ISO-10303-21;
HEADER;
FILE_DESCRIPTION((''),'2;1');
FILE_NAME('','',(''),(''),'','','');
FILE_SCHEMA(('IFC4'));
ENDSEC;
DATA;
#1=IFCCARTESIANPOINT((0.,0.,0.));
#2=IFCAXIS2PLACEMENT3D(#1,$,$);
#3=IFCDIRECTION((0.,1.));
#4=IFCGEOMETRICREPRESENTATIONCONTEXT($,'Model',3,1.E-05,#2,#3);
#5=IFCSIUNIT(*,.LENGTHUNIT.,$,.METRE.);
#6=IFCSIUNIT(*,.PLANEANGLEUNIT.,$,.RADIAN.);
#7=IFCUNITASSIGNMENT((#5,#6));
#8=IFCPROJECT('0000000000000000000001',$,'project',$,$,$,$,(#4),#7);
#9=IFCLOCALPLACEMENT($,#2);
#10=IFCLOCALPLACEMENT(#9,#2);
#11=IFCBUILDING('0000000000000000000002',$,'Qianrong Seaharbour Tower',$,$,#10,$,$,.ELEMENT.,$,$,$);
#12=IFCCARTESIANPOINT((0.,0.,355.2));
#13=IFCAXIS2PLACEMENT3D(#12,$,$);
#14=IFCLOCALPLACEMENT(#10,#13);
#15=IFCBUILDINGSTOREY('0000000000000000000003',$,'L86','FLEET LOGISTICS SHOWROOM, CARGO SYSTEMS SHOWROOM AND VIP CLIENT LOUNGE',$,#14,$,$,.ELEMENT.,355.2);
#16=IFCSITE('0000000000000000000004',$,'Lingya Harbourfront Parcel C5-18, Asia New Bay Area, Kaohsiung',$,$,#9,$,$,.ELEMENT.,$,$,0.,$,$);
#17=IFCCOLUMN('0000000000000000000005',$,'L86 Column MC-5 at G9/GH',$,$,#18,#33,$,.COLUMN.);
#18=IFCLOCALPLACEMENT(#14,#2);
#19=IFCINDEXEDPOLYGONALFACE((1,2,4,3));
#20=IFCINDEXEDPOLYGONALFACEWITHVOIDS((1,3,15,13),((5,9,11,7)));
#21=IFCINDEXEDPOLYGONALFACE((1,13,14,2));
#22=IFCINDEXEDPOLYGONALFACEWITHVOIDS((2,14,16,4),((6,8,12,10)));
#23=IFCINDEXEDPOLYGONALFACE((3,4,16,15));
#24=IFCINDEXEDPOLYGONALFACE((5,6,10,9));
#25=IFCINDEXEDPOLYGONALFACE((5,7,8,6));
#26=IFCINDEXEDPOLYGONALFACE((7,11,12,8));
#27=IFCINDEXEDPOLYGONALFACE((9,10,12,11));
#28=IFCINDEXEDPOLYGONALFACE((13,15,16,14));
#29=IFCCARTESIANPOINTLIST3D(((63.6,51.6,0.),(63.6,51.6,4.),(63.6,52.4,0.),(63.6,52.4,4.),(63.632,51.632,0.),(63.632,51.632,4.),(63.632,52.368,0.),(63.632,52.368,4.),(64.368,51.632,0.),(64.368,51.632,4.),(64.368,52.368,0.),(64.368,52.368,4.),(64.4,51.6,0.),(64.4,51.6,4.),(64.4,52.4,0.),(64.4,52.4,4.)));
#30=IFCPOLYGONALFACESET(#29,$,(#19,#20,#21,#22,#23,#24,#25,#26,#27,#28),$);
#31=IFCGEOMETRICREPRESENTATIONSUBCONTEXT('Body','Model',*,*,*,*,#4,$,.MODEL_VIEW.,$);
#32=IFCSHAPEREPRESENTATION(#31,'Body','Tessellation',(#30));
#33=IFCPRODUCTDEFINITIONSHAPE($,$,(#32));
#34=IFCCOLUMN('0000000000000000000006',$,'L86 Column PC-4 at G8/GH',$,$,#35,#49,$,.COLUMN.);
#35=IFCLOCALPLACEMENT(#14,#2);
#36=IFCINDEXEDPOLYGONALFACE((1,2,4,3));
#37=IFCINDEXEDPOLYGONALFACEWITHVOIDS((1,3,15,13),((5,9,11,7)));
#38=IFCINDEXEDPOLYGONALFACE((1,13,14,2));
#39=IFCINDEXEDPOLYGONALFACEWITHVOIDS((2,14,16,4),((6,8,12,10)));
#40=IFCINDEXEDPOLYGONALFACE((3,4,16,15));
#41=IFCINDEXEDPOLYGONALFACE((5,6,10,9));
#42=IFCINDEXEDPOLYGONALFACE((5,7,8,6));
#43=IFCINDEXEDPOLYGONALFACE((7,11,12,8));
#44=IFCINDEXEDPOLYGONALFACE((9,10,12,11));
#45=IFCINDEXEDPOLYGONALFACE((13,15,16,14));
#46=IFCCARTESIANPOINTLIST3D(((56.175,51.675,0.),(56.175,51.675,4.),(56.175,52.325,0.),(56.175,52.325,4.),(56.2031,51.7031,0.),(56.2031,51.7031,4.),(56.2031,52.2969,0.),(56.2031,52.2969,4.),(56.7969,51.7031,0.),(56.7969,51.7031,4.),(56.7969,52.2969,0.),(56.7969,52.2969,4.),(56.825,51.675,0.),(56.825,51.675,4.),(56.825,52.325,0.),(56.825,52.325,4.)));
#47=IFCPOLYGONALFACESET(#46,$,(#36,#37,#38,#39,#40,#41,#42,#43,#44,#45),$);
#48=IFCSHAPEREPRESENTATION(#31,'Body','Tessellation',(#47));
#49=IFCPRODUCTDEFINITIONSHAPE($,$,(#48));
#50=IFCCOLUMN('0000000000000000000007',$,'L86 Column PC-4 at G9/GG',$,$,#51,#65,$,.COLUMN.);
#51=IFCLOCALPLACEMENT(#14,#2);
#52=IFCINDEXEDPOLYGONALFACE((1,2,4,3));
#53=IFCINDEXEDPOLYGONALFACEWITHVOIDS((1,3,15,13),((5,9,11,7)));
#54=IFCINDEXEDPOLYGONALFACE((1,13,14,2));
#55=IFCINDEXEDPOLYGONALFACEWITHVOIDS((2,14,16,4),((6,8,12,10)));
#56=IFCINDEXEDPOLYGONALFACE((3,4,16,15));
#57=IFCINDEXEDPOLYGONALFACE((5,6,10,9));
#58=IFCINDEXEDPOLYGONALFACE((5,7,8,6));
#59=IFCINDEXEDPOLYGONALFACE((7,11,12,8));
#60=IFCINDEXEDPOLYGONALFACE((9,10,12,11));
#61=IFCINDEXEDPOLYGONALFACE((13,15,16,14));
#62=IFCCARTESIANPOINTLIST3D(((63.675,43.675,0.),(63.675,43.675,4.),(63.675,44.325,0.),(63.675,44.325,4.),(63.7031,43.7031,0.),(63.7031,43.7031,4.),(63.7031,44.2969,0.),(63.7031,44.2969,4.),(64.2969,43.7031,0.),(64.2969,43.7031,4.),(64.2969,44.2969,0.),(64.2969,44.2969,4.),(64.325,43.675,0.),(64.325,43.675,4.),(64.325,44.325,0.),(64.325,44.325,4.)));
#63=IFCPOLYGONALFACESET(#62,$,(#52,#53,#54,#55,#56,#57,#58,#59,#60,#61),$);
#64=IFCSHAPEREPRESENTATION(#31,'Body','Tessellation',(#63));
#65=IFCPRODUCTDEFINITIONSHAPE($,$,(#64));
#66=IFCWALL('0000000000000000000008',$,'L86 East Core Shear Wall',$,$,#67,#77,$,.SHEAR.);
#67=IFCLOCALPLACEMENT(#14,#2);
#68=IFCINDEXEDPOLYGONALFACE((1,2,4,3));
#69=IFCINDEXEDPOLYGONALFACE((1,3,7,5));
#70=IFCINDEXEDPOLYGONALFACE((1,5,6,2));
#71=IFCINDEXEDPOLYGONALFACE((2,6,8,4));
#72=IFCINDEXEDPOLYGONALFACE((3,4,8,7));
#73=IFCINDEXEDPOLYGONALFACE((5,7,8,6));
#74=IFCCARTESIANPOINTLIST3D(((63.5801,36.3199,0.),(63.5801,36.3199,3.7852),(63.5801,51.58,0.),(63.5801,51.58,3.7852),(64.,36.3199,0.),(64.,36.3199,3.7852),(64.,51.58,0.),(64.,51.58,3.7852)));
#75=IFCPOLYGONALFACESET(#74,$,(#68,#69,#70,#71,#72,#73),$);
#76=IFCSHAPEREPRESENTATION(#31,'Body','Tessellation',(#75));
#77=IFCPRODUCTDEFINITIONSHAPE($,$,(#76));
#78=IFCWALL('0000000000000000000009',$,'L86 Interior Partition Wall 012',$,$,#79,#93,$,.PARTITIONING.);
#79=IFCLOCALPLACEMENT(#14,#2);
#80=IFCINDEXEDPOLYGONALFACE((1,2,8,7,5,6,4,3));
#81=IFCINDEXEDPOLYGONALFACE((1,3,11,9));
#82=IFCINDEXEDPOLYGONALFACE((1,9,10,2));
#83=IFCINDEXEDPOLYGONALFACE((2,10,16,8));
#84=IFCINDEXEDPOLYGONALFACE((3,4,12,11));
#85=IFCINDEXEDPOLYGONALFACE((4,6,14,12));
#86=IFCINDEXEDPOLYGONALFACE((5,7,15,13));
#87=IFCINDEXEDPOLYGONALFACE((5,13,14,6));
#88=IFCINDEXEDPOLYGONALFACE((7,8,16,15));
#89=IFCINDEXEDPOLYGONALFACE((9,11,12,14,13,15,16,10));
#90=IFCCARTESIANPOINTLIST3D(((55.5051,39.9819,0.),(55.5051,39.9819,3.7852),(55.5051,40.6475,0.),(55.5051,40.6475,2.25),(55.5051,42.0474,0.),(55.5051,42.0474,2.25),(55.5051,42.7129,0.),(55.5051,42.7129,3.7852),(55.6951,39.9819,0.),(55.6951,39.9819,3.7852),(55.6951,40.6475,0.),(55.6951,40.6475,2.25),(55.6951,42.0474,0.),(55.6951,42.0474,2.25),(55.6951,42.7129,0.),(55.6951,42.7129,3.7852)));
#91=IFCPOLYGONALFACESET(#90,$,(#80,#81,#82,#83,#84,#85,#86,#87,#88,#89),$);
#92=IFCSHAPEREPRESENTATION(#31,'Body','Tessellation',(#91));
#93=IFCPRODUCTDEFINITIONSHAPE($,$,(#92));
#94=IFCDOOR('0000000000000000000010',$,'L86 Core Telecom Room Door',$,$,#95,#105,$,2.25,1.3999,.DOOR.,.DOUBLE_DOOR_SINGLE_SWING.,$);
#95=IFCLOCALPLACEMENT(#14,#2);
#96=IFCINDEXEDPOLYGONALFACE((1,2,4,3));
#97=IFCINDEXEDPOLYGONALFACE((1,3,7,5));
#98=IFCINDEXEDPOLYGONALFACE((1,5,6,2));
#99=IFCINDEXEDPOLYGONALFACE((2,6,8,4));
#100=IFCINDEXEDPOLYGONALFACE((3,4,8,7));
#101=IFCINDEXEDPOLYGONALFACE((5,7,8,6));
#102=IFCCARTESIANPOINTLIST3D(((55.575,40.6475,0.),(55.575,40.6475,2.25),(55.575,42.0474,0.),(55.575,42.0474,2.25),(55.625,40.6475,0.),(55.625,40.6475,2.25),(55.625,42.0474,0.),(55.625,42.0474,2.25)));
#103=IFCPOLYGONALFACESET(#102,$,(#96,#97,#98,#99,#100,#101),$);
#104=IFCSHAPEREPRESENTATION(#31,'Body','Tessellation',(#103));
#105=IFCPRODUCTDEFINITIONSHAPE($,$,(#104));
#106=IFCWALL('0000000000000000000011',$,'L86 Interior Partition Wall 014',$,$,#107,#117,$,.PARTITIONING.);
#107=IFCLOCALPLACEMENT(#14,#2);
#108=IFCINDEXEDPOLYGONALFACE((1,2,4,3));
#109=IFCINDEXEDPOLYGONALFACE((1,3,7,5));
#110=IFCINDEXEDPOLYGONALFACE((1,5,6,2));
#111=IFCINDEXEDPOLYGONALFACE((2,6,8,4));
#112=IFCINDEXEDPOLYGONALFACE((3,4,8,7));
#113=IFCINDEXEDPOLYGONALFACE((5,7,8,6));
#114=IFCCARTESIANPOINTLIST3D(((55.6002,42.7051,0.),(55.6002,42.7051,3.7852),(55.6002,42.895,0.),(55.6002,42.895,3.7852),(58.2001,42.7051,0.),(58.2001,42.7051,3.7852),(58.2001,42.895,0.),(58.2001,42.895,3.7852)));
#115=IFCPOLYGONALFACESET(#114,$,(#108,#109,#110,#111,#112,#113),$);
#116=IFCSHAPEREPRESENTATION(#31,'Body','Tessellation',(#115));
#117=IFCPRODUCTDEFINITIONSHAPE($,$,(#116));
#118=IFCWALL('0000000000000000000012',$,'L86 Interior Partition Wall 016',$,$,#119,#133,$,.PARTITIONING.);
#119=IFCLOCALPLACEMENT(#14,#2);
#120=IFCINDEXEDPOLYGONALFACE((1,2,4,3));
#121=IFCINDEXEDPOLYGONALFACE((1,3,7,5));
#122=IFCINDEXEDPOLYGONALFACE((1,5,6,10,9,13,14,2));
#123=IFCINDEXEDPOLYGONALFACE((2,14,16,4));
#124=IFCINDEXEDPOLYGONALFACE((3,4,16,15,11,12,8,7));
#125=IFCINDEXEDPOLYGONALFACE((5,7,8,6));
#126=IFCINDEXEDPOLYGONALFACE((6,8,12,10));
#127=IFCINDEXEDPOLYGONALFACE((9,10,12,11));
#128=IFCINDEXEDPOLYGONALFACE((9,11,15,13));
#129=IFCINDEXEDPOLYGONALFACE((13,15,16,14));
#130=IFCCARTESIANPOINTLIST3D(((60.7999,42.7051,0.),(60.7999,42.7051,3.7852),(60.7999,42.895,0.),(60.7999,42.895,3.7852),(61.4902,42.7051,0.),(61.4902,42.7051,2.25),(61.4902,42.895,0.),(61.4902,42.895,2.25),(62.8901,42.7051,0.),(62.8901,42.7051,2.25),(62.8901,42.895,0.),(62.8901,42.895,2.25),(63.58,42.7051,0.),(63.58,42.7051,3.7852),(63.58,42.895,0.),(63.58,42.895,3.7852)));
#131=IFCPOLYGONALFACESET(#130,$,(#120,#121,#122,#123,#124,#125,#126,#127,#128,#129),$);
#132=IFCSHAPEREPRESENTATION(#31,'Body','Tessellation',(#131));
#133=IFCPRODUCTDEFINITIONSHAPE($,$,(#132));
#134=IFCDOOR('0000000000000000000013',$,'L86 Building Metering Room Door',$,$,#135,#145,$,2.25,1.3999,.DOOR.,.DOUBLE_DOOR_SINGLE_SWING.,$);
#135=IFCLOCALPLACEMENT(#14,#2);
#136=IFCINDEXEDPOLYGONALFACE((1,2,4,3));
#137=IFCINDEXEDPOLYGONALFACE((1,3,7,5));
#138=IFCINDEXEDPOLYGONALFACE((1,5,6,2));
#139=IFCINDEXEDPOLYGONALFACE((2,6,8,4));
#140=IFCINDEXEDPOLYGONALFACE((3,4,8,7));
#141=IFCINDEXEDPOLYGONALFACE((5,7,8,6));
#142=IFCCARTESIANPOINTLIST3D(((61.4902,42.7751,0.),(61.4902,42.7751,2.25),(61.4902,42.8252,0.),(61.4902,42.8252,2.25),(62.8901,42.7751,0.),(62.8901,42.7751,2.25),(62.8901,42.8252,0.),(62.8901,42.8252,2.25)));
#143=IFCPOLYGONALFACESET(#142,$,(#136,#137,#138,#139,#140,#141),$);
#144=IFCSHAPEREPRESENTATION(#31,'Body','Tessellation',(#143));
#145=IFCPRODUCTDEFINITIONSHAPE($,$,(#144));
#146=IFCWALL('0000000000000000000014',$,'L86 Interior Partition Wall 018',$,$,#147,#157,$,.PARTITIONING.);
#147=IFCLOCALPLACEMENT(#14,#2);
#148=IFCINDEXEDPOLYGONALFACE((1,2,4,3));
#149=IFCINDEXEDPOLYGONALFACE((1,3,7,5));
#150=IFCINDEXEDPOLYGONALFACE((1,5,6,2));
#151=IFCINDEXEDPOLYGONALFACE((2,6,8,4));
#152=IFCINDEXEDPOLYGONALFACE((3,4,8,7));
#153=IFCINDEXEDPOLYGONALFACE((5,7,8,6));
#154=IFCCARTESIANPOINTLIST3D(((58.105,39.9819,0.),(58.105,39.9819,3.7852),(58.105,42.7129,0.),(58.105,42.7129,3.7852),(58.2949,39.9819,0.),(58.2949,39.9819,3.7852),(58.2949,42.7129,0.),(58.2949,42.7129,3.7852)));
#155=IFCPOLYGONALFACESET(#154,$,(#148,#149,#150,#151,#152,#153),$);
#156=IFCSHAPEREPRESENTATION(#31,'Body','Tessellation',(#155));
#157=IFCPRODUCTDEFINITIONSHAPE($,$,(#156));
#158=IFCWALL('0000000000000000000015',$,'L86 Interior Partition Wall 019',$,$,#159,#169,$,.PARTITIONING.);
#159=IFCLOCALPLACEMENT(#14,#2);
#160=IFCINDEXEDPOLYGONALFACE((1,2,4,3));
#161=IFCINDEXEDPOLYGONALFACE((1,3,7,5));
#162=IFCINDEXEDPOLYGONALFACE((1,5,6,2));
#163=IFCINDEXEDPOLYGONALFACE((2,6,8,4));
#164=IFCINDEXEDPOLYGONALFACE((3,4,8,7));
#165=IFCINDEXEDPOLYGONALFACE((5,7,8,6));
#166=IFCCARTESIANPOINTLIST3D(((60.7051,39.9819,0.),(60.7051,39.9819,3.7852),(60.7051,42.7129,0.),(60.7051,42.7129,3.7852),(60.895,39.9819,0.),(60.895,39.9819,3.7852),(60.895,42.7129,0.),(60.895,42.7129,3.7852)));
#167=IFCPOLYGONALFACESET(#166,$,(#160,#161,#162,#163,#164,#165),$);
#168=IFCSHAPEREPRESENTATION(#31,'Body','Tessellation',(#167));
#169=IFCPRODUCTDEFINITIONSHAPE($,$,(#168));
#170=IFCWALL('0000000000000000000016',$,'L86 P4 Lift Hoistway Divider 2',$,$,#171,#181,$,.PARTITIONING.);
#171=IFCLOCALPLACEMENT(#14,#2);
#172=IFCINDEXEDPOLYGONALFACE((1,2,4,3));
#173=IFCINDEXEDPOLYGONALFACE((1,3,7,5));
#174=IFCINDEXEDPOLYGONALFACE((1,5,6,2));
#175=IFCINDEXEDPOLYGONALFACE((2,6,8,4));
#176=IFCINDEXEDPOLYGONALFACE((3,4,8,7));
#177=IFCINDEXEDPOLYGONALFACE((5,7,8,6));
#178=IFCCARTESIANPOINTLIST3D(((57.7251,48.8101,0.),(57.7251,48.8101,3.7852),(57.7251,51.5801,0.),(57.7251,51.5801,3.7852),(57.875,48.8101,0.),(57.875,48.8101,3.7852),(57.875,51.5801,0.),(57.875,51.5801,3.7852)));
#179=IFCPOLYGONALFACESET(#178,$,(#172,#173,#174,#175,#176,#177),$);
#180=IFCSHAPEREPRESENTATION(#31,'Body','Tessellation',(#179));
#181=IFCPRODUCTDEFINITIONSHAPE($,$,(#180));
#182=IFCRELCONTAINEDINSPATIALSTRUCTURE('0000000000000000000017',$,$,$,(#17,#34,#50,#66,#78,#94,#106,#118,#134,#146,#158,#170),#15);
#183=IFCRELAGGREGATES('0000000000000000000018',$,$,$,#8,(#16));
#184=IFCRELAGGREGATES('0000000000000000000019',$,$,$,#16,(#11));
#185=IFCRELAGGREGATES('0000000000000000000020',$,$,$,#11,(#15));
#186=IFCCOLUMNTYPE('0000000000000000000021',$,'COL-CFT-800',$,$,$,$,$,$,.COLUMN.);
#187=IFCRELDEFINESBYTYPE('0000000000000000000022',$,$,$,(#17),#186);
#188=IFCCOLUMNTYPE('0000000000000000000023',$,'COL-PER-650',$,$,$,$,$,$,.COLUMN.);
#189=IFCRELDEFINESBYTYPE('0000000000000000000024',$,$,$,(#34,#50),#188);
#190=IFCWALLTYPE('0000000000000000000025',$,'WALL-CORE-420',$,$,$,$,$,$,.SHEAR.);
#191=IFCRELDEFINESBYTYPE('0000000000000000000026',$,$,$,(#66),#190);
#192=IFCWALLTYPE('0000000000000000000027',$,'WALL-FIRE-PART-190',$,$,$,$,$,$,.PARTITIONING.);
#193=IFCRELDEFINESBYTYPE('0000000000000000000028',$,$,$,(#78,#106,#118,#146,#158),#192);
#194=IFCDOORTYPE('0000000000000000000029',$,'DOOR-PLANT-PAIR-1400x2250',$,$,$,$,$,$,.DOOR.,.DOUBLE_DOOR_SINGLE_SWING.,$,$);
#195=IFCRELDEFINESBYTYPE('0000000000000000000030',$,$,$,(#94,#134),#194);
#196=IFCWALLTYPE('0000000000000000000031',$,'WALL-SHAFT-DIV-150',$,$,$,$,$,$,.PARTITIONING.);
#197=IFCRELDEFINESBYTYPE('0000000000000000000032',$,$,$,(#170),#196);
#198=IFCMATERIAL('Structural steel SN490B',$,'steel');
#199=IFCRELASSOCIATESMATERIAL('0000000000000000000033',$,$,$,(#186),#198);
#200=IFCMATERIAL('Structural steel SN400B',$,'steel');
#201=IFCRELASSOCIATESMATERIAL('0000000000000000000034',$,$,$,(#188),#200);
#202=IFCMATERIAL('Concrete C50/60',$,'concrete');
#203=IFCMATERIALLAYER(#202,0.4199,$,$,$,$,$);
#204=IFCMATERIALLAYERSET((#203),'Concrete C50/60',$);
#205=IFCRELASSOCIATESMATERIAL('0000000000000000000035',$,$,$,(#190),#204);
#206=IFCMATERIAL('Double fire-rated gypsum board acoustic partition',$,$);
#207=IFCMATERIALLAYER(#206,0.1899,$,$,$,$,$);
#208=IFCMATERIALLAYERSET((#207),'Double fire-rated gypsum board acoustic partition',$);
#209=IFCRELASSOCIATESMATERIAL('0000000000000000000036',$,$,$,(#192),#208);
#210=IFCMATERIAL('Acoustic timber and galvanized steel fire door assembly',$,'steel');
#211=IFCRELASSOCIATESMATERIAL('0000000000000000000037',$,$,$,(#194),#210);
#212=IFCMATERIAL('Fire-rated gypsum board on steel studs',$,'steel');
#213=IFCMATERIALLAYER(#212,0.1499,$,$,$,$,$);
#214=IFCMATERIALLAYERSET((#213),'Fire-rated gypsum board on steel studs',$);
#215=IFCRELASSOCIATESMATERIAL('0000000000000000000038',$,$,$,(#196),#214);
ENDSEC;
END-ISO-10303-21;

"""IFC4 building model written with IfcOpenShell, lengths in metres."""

from ifc_helpers import new_model, si_unit, direction, frame, frame_2d, origin, origin_2d, place, context, subcontext, project, spatial, rectangle, hollow_rectangle, extrude, material, layer, layer_set, material_profile, profile_set, type_object, element, fill, save


model = new_model("IFC4")

# Units and contexts
model_context = context("Model", 3, precision=1e-05, world=origin(), true_north=direction((0.0, 1.0)))
body_context = subcontext(model_context, "Body", "Model", "MODEL_VIEW")
ifc_project = project(units=[si_unit("LENGTHUNIT", "METRE"), si_unit("PLANEANGLEUNIT", "RADIAN")], contexts=[model_context])

# Site, building, storey
site_placement = place(None, origin())
site = spatial("IfcSite", under=ifc_project, at=site_placement, Name="Lingya Harbourfront Parcel C5-18, Asia New Bay Area, Kaohsiung", CompositionType="ELEMENT", RefElevation=0.0)
building_placement = place(site_placement, origin())
building = spatial("IfcBuilding", under=site, at=building_placement, Name="Qianrong Seaharbour Tower", CompositionType="ELEMENT")
storey_placement = place(building_placement, frame((0.0, 0.0, 355.2)))
storey = spatial("IfcBuildingStorey", under=building, at=storey_placement, Name="L86", Description="FLEET LOGISTICS SHOWROOM, CARGO SYSTEMS SHOWROOM AND VIP CLIENT LOUNGE", CompositionType="ELEMENT", Elevation=355.2)

# Columns
ifc_material_1 = material(Name="Structural steel SN490B", Category="steel")
ifc_material_profile_1 = material_profile(ifc_material_1, hollow_rectangle(XDim=0.8, YDim=0.8, WallThickness=0.032, at=origin_2d()), Name="BOX800x800x32")
ifc_profile_set_1 = profile_set([ifc_material_profile_1], Name="Structural steel SN490B")
column_type_1 = type_object("IfcColumnType", Name="COL-CFT-800", PredefinedType="COLUMN", material=ifc_profile_set_1)
column_placement = place(storey_placement, frame((64.0, 52.0, 0.0), z_axis=(0.0, 0.0, 1.0), x_axis=(1.0, 0.0, 0.0)))
element("IfcColumn", 1, at=column_placement, inside=storey, type_object=column_type_1, Name="L86 Column MC-5 at G9/GH", PredefinedType="COLUMN", context=body_context, shape_type="SweptSolid", body=[
    extrude(hollow_rectangle(XDim=0.8, YDim=0.8, WallThickness=0.032, at=origin_2d()), origin(), (0.0, 0.0, 1.0), 4.0),
])
ifc_material_2 = material(Name="Structural steel SN400B", Category="steel")
ifc_material_profile_2 = material_profile(ifc_material_2, hollow_rectangle(XDim=0.6499, YDim=0.6499, WallThickness=0.0281, at=origin_2d()), Name="BOX650x650x28")
ifc_profile_set_2 = profile_set([ifc_material_profile_2], Name="Structural steel SN400B")
column_type_2 = type_object("IfcColumnType", Name="COL-PER-650", PredefinedType="COLUMN", material=ifc_profile_set_2)
for number, where, z_axis, x_axis, name in (
    (2, (56.5, 52.0, 0.0), (0.0, 0.0, 1.0), (1.0, 0.0, 0.0), "L86 Column PC-4 at G8/GH"),
    (3, (64.0, 44.0, 0.0), (0.0, 0.0, 1.0), (1.0, 0.0, 0.0), "L86 Column PC-4 at G9/GG"),
):
    element("IfcColumn", number, at=place(storey_placement, frame(where, z_axis=z_axis, x_axis=x_axis)), inside=storey, type_object=column_type_2, Name=name, PredefinedType="COLUMN", context=body_context, shape_type="SweptSolid", body=[
        extrude(hollow_rectangle(XDim=0.6499, YDim=0.6499, WallThickness=0.0281, at=origin_2d()), origin(), (0.0, 0.0, 1.0), 4.0),
    ])

# Wall
ifc_material_3 = material(Name="Concrete C50/60", Category="concrete")
ifc_layer_1 = layer(ifc_material_3, 0.4199)
ifc_layer_set_1 = layer_set([ifc_layer_1], Name="Concrete C50/60")
wall_type_1 = type_object("IfcWallType", Name="WALL-CORE-420", PredefinedType="SHEAR", material=ifc_layer_set_1)
wall_1_placement = place(storey_placement, frame((63.79, 36.3201, 0.0), z_axis=(0.0, 0.0, 1.0), x_axis=(0.0, 1.0, 0.0)))
element("IfcWall", 4, at=wall_1_placement, inside=storey, type_object=wall_type_1, Name="L86 East Core Shear Wall", PredefinedType="SHEAR", context=body_context, shape_type="SweptSolid", body=[
    extrude(rectangle(XDim=15.26, YDim=0.4199, at=frame_2d((7.6299, 0.0))), origin(), (0.0, 0.0, 1.0), 3.7852),
])

# Wall, opening, door
ifc_material_4 = material(Name="Acoustic timber and galvanized steel fire door assembly", Category="steel")
ifc_material_5 = material(Name="Double fire-rated gypsum board acoustic partition")
ifc_layer_2 = layer(ifc_material_5, 0.1899)
ifc_layer_set_2 = layer_set([ifc_layer_2], Name="Double fire-rated gypsum board acoustic partition")
wall_type_2 = type_object("IfcWallType", Name="WALL-FIRE-PART-190", PredefinedType="PARTITIONING", material=ifc_layer_set_2)
wall_2_placement = place(storey_placement, frame((55.6001, 42.7129, 0.0), z_axis=(0.0, 0.0, 1.0), x_axis=(0.0, -1.0, 0.0)))
wall_2 = element("IfcWall", 5, at=wall_2_placement, inside=storey, type_object=wall_type_2, Name="L86 Interior Partition Wall 012", PredefinedType="PARTITIONING", context=body_context, shape_type="SweptSolid", body=[
    extrude(rectangle(XDim=2.731, YDim=0.1899, at=frame_2d((1.3655, 0.0))), origin(), (0.0, 0.0, 1.0), 3.7852),
])
opening_1_placement = place(wall_2_placement, frame((0.6655, 0.0, 0.0)))
opening_1 = element("IfcOpeningElement", 6, at=opening_1_placement, cuts=wall_2, PredefinedType="OPENING", context=body_context, shape_type="SweptSolid", body=[
    extrude(rectangle(XDim=1.3999, YDim=2.25, at=frame_2d((0.7, 1.125))), frame((0.0, 0.105, 0.0), z_axis=(0.0, -1.0, 0.0), x_axis=(1.0, 0.0, 0.0)), (0.0, 0.0, 1.0), 0.21),
])
door_type_1 = type_object("IfcDoorType", Name="DOOR-PLANT-PAIR-1400x2250", OperationType="DOUBLE_DOOR_SINGLE_SWING", PredefinedType="DOOR", material=ifc_material_4)
door_1_placement = place(opening_1_placement, origin())
door_1 = element("IfcDoor", 7, at=door_1_placement, inside=storey, type_object=door_type_1, Name="L86 Core Telecom Room Door", OperationType="DOUBLE_DOOR_SINGLE_SWING", OverallHeight=2.25, OverallWidth=1.3999, PredefinedType="DOOR", context=body_context, shape_type="SweptSolid", body=[
    extrude(rectangle(XDim=1.3999, YDim=2.25, at=frame_2d((0.7, 1.125))), frame((0.0, 0.0249, 0.0), z_axis=(0.0, -1.0, 0.0), x_axis=(1.0, 0.0, 0.0)), (0.0, 0.0, 1.0), 0.05),
])
fill(opening_1, door_1)

# Wall
wall_3_placement = place(storey_placement, frame((58.2, 42.8, 0.0), z_axis=(0.0, 0.0, 1.0), x_axis=(-1.0, 0.0, 0.0)))
element("IfcWall", 8, at=wall_3_placement, inside=storey, type_object=wall_type_2, Name="L86 Interior Partition Wall 014", PredefinedType="PARTITIONING", context=body_context, shape_type="SweptSolid", body=[
    extrude(rectangle(XDim=2.5999, YDim=0.1899, at=frame_2d((1.2998, 0.0))), origin(), (0.0, 0.0, 1.0), 3.7852),
])

# Wall, opening, door
wall_4_placement = place(storey_placement, frame((63.5801, 42.8, 0.0), z_axis=(0.0, 0.0, 1.0), x_axis=(-1.0, 0.0, 0.0)))
wall_4 = element("IfcWall", 9, at=wall_4_placement, inside=storey, type_object=wall_type_2, Name="L86 Interior Partition Wall 016", PredefinedType="PARTITIONING", context=body_context, shape_type="SweptSolid", body=[
    extrude(rectangle(XDim=2.78, YDim=0.1899, at=frame_2d((1.3901, 0.0))), origin(), (0.0, 0.0, 1.0), 3.7852),
])
opening_2_placement = place(wall_4_placement, frame((0.6899, 0.0, 0.0)))
opening_2 = element("IfcOpeningElement", 10, at=opening_2_placement, cuts=wall_4, PredefinedType="OPENING", context=body_context, shape_type="SweptSolid", body=[
    extrude(rectangle(XDim=1.3999, YDim=2.25, at=frame_2d((0.7, 1.125))), frame((0.0, 0.105, 0.0), z_axis=(0.0, -1.0, 0.0), x_axis=(1.0, 0.0, 0.0)), (0.0, 0.0, 1.0), 0.21),
])
door_2_placement = place(opening_2_placement, origin())
door_2 = element("IfcDoor", 11, at=door_2_placement, inside=storey, type_object=door_type_1, Name="L86 Building Metering Room Door", OperationType="DOUBLE_DOOR_SINGLE_SWING", OverallHeight=2.25, OverallWidth=1.3999, PredefinedType="DOOR", context=body_context, shape_type="SweptSolid", body=[
    extrude(rectangle(XDim=1.3999, YDim=2.25, at=frame_2d((0.7, 1.125))), frame((0.0, 0.0249, 0.0), z_axis=(0.0, -1.0, 0.0), x_axis=(1.0, 0.0, 0.0)), (0.0, 0.0, 1.0), 0.05),
])
fill(opening_2, door_2)

# Walls
for number, where, z_axis, x_axis, name in (
    (12, (58.2, 42.7129, 0.0), (0.0, 0.0, 1.0), (0.0, -1.0, 0.0), "L86 Interior Partition Wall 018"),
    (13, (60.8, 42.7129, 0.0), (0.0, 0.0, 1.0), (0.0, -1.0, 0.0), "L86 Interior Partition Wall 019"),
):
    element("IfcWall", number, at=place(storey_placement, frame(where, z_axis=z_axis, x_axis=x_axis)), inside=storey, type_object=wall_type_2, Name=name, PredefinedType="PARTITIONING", context=body_context, shape_type="SweptSolid", body=[
        extrude(rectangle(XDim=2.731, YDim=0.1899, at=frame_2d((1.3655, 0.0))), origin(), (0.0, 0.0, 1.0), 3.7852),
    ])
ifc_material_6 = material(Name="Fire-rated gypsum board on steel studs", Category="steel")
ifc_layer_3 = layer(ifc_material_6, 0.1499)
ifc_layer_set_3 = layer_set([ifc_layer_3], Name="Fire-rated gypsum board on steel studs")
wall_type_3 = type_object("IfcWallType", Name="WALL-SHAFT-DIV-150", PredefinedType="PARTITIONING", material=ifc_layer_set_3)
for number, where, z_axis, x_axis, name in (
    (14, (57.8, 48.8101, 0.0), (0.0, 0.0, 1.0), (0.0, 1.0, 0.0), "L86 P4 Lift Hoistway Divider 2"),
):
    element("IfcWall", number, at=place(storey_placement, frame(where, z_axis=z_axis, x_axis=x_axis)), inside=storey, type_object=wall_type_3, Name=name, PredefinedType="PARTITIONING", context=body_context, shape_type="SweptSolid", body=[
        extrude(rectangle(XDim=2.77, YDim=0.1499, at=frame_2d((1.385, 0.0))), origin(), (0.0, 0.0, 1.0), 3.7852),
    ])

save(model, "model.ifc")
